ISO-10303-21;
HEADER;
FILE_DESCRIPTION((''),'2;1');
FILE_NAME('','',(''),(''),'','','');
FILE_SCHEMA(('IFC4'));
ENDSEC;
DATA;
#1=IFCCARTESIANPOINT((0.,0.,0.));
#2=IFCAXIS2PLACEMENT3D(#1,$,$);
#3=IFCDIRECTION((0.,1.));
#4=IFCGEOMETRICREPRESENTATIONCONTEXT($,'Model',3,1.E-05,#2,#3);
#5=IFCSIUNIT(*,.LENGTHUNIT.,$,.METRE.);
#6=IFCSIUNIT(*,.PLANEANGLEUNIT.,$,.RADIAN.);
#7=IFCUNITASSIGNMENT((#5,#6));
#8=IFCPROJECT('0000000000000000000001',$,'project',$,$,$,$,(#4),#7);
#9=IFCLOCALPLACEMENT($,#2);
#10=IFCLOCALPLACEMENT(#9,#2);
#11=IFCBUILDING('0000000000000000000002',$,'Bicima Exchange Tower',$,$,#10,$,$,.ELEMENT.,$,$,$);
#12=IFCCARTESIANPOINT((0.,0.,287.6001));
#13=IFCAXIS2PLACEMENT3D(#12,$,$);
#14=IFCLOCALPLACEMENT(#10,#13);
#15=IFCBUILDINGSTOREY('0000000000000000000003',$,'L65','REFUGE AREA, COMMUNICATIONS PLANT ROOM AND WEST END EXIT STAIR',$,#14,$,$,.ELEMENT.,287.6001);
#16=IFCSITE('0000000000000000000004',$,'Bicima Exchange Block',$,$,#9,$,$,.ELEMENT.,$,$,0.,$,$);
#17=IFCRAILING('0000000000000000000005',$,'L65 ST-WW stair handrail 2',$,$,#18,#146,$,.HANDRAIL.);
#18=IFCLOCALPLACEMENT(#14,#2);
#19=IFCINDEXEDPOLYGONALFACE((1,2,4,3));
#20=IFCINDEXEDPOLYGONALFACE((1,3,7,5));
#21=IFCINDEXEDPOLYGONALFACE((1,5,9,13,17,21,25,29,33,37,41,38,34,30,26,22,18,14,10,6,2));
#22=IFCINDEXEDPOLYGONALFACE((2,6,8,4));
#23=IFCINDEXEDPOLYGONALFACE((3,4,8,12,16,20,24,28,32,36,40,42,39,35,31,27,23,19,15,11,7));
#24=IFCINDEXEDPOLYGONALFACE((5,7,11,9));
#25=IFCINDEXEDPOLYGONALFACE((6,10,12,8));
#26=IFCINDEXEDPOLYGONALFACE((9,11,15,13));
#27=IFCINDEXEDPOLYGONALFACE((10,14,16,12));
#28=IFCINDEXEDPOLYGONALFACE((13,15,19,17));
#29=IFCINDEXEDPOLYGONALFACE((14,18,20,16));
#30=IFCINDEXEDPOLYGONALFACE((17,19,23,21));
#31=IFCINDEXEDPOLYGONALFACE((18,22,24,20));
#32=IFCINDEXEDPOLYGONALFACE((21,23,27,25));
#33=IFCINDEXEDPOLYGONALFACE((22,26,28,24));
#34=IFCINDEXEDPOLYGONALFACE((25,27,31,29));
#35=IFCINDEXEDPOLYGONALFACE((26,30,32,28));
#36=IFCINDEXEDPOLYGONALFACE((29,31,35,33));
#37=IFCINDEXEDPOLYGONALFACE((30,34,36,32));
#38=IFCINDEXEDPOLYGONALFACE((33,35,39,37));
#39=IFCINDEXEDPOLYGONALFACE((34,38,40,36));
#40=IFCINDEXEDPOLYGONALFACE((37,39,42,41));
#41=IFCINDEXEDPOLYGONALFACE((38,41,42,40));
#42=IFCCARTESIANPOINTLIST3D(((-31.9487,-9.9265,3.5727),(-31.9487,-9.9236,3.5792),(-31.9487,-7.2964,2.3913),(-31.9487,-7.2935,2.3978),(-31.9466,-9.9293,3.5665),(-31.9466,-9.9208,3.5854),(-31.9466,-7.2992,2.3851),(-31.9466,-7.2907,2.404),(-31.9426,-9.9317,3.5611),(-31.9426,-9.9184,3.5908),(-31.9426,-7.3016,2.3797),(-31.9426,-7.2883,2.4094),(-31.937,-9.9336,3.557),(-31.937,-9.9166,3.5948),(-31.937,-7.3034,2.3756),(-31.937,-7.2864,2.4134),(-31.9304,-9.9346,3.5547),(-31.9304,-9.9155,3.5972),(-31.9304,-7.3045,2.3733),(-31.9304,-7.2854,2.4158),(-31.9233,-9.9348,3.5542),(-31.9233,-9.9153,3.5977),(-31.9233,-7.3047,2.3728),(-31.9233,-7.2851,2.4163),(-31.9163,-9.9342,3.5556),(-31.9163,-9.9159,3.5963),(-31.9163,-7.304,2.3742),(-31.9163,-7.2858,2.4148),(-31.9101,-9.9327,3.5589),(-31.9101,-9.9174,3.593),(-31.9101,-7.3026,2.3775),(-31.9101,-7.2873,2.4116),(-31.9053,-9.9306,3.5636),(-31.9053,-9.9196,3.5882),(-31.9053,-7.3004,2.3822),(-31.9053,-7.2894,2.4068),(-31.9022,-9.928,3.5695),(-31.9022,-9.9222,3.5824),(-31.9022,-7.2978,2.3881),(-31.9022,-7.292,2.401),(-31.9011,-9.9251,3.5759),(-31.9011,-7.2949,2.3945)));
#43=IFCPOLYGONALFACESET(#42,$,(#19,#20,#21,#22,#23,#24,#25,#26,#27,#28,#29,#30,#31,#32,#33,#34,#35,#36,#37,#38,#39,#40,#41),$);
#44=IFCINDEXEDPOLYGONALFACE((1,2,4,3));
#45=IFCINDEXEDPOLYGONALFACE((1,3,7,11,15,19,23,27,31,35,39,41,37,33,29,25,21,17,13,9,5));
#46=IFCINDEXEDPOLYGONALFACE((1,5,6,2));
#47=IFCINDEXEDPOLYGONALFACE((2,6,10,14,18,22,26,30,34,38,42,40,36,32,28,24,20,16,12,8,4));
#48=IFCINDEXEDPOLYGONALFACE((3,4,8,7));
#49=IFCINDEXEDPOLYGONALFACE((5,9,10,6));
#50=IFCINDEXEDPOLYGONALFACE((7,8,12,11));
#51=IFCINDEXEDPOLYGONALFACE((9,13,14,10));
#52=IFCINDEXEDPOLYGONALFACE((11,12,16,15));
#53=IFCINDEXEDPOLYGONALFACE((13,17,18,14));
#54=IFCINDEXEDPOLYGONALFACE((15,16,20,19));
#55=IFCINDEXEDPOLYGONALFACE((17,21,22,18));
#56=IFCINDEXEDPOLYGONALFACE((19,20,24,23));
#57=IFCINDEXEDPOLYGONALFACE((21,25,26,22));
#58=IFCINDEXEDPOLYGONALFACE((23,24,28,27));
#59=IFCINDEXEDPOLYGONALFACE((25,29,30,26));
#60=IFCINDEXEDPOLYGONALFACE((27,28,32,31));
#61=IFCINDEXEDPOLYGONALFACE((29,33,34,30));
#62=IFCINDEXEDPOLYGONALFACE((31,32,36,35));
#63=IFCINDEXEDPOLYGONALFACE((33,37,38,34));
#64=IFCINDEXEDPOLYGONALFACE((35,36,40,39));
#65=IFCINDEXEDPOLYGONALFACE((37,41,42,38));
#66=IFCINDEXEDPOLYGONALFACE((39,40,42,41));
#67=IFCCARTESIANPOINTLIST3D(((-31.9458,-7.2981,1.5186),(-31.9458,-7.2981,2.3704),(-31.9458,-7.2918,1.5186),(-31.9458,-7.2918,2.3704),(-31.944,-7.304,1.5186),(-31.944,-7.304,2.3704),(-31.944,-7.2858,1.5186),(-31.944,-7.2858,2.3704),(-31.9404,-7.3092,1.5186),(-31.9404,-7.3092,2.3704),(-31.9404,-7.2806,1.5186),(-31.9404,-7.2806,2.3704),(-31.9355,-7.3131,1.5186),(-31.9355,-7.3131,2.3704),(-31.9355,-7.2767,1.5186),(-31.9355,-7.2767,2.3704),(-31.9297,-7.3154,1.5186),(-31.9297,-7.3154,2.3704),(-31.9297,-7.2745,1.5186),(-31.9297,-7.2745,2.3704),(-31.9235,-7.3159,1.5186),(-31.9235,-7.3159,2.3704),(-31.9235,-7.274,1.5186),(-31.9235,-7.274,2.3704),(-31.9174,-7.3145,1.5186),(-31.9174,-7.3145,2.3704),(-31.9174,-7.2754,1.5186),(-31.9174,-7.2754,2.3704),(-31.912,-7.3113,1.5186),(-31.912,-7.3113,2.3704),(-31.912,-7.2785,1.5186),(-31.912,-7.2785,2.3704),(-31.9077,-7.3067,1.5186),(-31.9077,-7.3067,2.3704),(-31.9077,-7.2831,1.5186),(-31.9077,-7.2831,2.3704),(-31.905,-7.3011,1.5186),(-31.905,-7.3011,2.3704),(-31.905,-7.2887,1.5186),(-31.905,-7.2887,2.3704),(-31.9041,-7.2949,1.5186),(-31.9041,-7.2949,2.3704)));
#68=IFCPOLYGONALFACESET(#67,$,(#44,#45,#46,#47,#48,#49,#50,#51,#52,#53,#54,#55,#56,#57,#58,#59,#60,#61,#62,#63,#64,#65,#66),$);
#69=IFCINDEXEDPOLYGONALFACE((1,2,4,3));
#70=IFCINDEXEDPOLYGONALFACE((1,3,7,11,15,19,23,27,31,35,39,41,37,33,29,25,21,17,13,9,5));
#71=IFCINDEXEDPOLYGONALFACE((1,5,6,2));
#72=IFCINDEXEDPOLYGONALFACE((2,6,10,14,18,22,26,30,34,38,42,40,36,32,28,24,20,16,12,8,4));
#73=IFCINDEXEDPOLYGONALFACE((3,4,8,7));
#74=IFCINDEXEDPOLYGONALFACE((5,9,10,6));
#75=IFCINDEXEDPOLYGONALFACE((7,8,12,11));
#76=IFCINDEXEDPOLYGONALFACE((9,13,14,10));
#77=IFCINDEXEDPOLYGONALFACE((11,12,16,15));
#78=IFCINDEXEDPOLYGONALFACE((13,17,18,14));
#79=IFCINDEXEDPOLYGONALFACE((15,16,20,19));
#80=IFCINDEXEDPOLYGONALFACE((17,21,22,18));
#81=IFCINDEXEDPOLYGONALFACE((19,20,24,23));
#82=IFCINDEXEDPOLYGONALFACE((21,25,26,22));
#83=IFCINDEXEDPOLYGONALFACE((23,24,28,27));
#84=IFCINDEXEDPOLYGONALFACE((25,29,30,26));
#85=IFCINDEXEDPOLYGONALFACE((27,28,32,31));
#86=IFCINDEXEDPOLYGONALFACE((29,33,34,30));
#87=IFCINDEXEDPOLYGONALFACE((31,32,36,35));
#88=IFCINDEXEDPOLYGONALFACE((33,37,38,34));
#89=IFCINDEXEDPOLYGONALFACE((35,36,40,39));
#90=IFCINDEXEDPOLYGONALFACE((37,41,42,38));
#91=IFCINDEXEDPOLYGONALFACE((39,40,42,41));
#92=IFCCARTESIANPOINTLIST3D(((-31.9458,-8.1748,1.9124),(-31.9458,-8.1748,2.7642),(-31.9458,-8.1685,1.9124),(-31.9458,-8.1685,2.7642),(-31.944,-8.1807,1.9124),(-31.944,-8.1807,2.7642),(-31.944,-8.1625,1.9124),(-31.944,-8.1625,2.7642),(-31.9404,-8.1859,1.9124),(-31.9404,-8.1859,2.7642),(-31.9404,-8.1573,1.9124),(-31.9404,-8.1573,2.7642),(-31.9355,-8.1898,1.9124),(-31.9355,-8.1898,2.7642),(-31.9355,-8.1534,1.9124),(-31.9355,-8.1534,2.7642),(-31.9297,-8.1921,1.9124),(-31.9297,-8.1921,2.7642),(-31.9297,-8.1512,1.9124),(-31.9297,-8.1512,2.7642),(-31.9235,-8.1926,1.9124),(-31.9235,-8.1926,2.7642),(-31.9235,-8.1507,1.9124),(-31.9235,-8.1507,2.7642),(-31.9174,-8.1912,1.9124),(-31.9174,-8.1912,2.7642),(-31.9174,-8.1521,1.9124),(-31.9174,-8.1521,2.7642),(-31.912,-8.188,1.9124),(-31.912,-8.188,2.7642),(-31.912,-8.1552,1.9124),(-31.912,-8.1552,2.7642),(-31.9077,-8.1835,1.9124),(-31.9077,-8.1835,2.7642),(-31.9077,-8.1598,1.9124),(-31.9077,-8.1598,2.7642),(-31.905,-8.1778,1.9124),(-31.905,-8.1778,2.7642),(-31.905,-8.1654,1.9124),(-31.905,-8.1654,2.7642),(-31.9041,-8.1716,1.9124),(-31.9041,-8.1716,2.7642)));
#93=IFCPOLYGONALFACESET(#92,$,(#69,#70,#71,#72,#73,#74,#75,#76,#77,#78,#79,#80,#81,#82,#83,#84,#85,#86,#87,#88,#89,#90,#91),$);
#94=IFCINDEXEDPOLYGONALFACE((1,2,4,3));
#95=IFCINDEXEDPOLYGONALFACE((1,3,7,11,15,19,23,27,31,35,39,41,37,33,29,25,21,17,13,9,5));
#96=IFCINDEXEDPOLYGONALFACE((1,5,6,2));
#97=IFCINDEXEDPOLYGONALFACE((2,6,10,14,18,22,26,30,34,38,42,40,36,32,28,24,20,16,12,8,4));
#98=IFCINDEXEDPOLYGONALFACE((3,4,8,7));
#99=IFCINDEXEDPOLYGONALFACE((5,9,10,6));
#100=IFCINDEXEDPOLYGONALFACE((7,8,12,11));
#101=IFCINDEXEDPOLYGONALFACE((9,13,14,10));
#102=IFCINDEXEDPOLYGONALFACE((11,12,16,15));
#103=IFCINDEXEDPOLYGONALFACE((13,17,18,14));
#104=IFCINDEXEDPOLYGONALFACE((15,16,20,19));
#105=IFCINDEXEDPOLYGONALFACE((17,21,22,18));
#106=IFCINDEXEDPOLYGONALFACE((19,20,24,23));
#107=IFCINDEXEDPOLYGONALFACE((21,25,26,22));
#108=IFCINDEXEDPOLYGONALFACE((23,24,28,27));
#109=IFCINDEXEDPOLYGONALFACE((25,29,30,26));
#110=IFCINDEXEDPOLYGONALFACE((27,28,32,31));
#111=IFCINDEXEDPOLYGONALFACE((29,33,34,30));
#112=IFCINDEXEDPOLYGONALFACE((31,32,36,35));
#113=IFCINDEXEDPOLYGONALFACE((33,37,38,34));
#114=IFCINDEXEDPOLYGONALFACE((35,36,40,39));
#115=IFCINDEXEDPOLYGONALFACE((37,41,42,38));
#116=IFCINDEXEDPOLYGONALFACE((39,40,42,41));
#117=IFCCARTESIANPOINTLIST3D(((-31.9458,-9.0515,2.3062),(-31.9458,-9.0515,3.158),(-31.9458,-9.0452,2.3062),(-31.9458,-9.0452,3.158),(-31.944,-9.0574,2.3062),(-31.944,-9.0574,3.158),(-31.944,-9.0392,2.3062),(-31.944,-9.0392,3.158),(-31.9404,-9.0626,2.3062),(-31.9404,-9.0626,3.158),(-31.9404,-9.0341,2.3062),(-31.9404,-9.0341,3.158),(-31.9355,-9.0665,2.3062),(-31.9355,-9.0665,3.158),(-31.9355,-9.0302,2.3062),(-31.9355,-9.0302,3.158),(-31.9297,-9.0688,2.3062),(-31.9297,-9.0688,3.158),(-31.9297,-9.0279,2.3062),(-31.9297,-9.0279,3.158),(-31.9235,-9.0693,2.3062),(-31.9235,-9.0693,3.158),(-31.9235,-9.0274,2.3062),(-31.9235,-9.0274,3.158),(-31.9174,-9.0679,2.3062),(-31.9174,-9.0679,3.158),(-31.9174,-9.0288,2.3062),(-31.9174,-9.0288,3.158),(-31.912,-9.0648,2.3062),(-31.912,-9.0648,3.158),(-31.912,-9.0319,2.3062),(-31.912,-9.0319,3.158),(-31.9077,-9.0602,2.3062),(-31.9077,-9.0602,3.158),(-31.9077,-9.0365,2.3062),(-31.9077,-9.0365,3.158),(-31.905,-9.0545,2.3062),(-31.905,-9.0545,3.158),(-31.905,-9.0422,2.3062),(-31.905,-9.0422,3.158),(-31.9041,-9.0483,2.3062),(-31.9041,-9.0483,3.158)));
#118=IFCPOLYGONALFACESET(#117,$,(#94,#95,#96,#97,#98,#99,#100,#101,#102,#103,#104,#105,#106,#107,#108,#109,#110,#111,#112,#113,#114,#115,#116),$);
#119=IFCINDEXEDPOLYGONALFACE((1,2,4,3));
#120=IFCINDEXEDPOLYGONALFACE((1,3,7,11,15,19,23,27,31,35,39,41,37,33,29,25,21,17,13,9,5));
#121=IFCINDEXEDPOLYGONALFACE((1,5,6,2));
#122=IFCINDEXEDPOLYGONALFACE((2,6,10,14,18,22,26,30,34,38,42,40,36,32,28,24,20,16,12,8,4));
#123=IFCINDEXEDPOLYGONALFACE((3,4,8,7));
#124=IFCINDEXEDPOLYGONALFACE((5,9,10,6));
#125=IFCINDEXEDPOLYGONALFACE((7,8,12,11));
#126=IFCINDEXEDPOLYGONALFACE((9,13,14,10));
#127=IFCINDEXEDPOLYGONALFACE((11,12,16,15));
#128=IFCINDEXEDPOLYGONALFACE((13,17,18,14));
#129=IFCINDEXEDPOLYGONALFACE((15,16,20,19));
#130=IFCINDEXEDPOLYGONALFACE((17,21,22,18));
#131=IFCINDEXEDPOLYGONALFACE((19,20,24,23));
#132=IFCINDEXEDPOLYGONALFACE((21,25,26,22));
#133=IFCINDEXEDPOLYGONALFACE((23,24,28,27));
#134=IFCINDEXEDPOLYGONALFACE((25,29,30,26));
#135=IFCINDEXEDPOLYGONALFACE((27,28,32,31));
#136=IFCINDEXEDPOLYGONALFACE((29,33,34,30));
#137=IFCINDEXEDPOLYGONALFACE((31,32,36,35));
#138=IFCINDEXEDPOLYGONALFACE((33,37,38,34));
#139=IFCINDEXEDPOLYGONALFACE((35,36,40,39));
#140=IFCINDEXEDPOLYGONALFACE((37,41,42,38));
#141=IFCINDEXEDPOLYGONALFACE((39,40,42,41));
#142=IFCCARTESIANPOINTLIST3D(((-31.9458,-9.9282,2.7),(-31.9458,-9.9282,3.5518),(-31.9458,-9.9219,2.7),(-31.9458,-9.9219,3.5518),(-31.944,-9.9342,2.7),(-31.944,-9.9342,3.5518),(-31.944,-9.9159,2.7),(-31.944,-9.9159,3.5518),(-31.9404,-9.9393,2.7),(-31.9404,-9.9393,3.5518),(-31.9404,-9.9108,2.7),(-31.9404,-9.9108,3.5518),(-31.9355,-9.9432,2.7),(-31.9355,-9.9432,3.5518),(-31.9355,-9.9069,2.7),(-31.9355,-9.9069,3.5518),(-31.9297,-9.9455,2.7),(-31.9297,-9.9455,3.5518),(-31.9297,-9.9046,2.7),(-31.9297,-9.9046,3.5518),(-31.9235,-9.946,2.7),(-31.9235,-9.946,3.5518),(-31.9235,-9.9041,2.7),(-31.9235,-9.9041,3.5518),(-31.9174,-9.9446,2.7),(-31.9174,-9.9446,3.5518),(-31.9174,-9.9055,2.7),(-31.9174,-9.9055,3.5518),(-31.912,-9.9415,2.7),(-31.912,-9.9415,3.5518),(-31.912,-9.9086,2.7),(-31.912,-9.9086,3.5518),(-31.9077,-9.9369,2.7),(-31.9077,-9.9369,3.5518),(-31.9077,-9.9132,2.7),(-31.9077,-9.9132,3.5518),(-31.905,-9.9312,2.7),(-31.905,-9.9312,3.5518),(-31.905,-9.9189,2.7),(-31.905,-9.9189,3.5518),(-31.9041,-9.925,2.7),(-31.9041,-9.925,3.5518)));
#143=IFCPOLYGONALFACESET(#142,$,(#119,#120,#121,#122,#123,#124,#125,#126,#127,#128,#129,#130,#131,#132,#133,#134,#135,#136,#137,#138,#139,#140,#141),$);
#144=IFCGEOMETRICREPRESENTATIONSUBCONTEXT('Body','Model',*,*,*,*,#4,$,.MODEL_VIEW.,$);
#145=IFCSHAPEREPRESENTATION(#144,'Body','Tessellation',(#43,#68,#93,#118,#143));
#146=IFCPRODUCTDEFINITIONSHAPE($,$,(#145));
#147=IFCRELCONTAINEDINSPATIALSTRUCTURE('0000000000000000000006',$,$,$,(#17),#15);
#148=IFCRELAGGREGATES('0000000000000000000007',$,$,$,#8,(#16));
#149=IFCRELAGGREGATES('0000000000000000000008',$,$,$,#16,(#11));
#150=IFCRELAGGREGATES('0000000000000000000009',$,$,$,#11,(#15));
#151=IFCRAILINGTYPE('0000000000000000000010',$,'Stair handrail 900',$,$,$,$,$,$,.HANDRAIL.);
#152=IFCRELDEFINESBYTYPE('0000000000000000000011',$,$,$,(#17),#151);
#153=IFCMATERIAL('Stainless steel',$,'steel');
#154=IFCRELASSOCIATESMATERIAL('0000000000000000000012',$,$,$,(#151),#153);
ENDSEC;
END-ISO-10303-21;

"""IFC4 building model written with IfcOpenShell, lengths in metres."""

from ifc_helpers import new_model, si_unit, direction, frame, origin, origin_2d, place, context, subcontext, project, spatial, circle, extrude, material, type_object, element, save


model = new_model("IFC4")

# Units and contexts
model_context = context("Model", 3, precision=1e-05, world=origin(), true_north=direction((0.0, 1.0)))
body_context = subcontext(model_context, "Body", "Model", "MODEL_VIEW")
ifc_project = project(units=[si_unit("LENGTHUNIT", "METRE"), si_unit("PLANEANGLEUNIT", "RADIAN")], contexts=[model_context])

# Site, building, storey
site_placement = place(None, origin())
site = spatial("IfcSite", under=ifc_project, at=site_placement, Name="Bicima Exchange Block", CompositionType="ELEMENT", RefElevation=0.0)
building_placement = place(site_placement, origin())
building = spatial("IfcBuilding", under=site, at=building_placement, Name="Bicima Exchange Tower", CompositionType="ELEMENT")
storey_placement = place(building_placement, frame((0.0, 0.0, 287.6001)))
storey = spatial("IfcBuildingStorey", under=building, at=storey_placement, Name="L65", Description="REFUGE AREA, COMMUNICATIONS PLANT ROOM AND WEST END EXIT STAIR", CompositionType="ELEMENT", Elevation=287.6001)

# Railing
ifc_material_1 = material(Name="Stainless steel", Category="steel")
railing_type_1 = type_object("IfcRailingType", Name="Stair handrail 900", PredefinedType="HANDRAIL", material=ifc_material_1)
railing_1_placement = place(storey_placement, frame((-31.925, -7.2949, 1.5186)))
element("IfcRailing", 1, at=railing_1_placement, inside=storey, type_object=railing_type_1, Name="L65 ST-WW stair handrail 2", PredefinedType="HANDRAIL", context=body_context, shape_type="SweptSolid", body=[
    extrude(circle(Radius=0.0239, at=origin_2d()), frame((0.0, 0.0, 0.876), z_axis=(0.0, -0.912202, 0.409741), x_axis=(1.0, 0.0, 0.0)), (0.0, 0.0, 1.0), 2.8833),
    extrude(circle(Radius=0.021, at=origin_2d()), origin(), (0.0, 0.0, 1.0), 0.8518),
    extrude(circle(Radius=0.021, at=origin_2d()), frame((0.0, -0.8767, 0.3938)), (0.0, 0.0, 1.0), 0.8518),
    extrude(circle(Radius=0.021, at=origin_2d()), frame((0.0, -1.7534, 0.7876)), (0.0, 0.0, 1.0), 0.8518),
    extrude(circle(Radius=0.021, at=origin_2d()), frame((0.0, -2.6301, 1.1814)), (0.0, 0.0, 1.0), 0.8518),
])

save(model, "model.ifc")
